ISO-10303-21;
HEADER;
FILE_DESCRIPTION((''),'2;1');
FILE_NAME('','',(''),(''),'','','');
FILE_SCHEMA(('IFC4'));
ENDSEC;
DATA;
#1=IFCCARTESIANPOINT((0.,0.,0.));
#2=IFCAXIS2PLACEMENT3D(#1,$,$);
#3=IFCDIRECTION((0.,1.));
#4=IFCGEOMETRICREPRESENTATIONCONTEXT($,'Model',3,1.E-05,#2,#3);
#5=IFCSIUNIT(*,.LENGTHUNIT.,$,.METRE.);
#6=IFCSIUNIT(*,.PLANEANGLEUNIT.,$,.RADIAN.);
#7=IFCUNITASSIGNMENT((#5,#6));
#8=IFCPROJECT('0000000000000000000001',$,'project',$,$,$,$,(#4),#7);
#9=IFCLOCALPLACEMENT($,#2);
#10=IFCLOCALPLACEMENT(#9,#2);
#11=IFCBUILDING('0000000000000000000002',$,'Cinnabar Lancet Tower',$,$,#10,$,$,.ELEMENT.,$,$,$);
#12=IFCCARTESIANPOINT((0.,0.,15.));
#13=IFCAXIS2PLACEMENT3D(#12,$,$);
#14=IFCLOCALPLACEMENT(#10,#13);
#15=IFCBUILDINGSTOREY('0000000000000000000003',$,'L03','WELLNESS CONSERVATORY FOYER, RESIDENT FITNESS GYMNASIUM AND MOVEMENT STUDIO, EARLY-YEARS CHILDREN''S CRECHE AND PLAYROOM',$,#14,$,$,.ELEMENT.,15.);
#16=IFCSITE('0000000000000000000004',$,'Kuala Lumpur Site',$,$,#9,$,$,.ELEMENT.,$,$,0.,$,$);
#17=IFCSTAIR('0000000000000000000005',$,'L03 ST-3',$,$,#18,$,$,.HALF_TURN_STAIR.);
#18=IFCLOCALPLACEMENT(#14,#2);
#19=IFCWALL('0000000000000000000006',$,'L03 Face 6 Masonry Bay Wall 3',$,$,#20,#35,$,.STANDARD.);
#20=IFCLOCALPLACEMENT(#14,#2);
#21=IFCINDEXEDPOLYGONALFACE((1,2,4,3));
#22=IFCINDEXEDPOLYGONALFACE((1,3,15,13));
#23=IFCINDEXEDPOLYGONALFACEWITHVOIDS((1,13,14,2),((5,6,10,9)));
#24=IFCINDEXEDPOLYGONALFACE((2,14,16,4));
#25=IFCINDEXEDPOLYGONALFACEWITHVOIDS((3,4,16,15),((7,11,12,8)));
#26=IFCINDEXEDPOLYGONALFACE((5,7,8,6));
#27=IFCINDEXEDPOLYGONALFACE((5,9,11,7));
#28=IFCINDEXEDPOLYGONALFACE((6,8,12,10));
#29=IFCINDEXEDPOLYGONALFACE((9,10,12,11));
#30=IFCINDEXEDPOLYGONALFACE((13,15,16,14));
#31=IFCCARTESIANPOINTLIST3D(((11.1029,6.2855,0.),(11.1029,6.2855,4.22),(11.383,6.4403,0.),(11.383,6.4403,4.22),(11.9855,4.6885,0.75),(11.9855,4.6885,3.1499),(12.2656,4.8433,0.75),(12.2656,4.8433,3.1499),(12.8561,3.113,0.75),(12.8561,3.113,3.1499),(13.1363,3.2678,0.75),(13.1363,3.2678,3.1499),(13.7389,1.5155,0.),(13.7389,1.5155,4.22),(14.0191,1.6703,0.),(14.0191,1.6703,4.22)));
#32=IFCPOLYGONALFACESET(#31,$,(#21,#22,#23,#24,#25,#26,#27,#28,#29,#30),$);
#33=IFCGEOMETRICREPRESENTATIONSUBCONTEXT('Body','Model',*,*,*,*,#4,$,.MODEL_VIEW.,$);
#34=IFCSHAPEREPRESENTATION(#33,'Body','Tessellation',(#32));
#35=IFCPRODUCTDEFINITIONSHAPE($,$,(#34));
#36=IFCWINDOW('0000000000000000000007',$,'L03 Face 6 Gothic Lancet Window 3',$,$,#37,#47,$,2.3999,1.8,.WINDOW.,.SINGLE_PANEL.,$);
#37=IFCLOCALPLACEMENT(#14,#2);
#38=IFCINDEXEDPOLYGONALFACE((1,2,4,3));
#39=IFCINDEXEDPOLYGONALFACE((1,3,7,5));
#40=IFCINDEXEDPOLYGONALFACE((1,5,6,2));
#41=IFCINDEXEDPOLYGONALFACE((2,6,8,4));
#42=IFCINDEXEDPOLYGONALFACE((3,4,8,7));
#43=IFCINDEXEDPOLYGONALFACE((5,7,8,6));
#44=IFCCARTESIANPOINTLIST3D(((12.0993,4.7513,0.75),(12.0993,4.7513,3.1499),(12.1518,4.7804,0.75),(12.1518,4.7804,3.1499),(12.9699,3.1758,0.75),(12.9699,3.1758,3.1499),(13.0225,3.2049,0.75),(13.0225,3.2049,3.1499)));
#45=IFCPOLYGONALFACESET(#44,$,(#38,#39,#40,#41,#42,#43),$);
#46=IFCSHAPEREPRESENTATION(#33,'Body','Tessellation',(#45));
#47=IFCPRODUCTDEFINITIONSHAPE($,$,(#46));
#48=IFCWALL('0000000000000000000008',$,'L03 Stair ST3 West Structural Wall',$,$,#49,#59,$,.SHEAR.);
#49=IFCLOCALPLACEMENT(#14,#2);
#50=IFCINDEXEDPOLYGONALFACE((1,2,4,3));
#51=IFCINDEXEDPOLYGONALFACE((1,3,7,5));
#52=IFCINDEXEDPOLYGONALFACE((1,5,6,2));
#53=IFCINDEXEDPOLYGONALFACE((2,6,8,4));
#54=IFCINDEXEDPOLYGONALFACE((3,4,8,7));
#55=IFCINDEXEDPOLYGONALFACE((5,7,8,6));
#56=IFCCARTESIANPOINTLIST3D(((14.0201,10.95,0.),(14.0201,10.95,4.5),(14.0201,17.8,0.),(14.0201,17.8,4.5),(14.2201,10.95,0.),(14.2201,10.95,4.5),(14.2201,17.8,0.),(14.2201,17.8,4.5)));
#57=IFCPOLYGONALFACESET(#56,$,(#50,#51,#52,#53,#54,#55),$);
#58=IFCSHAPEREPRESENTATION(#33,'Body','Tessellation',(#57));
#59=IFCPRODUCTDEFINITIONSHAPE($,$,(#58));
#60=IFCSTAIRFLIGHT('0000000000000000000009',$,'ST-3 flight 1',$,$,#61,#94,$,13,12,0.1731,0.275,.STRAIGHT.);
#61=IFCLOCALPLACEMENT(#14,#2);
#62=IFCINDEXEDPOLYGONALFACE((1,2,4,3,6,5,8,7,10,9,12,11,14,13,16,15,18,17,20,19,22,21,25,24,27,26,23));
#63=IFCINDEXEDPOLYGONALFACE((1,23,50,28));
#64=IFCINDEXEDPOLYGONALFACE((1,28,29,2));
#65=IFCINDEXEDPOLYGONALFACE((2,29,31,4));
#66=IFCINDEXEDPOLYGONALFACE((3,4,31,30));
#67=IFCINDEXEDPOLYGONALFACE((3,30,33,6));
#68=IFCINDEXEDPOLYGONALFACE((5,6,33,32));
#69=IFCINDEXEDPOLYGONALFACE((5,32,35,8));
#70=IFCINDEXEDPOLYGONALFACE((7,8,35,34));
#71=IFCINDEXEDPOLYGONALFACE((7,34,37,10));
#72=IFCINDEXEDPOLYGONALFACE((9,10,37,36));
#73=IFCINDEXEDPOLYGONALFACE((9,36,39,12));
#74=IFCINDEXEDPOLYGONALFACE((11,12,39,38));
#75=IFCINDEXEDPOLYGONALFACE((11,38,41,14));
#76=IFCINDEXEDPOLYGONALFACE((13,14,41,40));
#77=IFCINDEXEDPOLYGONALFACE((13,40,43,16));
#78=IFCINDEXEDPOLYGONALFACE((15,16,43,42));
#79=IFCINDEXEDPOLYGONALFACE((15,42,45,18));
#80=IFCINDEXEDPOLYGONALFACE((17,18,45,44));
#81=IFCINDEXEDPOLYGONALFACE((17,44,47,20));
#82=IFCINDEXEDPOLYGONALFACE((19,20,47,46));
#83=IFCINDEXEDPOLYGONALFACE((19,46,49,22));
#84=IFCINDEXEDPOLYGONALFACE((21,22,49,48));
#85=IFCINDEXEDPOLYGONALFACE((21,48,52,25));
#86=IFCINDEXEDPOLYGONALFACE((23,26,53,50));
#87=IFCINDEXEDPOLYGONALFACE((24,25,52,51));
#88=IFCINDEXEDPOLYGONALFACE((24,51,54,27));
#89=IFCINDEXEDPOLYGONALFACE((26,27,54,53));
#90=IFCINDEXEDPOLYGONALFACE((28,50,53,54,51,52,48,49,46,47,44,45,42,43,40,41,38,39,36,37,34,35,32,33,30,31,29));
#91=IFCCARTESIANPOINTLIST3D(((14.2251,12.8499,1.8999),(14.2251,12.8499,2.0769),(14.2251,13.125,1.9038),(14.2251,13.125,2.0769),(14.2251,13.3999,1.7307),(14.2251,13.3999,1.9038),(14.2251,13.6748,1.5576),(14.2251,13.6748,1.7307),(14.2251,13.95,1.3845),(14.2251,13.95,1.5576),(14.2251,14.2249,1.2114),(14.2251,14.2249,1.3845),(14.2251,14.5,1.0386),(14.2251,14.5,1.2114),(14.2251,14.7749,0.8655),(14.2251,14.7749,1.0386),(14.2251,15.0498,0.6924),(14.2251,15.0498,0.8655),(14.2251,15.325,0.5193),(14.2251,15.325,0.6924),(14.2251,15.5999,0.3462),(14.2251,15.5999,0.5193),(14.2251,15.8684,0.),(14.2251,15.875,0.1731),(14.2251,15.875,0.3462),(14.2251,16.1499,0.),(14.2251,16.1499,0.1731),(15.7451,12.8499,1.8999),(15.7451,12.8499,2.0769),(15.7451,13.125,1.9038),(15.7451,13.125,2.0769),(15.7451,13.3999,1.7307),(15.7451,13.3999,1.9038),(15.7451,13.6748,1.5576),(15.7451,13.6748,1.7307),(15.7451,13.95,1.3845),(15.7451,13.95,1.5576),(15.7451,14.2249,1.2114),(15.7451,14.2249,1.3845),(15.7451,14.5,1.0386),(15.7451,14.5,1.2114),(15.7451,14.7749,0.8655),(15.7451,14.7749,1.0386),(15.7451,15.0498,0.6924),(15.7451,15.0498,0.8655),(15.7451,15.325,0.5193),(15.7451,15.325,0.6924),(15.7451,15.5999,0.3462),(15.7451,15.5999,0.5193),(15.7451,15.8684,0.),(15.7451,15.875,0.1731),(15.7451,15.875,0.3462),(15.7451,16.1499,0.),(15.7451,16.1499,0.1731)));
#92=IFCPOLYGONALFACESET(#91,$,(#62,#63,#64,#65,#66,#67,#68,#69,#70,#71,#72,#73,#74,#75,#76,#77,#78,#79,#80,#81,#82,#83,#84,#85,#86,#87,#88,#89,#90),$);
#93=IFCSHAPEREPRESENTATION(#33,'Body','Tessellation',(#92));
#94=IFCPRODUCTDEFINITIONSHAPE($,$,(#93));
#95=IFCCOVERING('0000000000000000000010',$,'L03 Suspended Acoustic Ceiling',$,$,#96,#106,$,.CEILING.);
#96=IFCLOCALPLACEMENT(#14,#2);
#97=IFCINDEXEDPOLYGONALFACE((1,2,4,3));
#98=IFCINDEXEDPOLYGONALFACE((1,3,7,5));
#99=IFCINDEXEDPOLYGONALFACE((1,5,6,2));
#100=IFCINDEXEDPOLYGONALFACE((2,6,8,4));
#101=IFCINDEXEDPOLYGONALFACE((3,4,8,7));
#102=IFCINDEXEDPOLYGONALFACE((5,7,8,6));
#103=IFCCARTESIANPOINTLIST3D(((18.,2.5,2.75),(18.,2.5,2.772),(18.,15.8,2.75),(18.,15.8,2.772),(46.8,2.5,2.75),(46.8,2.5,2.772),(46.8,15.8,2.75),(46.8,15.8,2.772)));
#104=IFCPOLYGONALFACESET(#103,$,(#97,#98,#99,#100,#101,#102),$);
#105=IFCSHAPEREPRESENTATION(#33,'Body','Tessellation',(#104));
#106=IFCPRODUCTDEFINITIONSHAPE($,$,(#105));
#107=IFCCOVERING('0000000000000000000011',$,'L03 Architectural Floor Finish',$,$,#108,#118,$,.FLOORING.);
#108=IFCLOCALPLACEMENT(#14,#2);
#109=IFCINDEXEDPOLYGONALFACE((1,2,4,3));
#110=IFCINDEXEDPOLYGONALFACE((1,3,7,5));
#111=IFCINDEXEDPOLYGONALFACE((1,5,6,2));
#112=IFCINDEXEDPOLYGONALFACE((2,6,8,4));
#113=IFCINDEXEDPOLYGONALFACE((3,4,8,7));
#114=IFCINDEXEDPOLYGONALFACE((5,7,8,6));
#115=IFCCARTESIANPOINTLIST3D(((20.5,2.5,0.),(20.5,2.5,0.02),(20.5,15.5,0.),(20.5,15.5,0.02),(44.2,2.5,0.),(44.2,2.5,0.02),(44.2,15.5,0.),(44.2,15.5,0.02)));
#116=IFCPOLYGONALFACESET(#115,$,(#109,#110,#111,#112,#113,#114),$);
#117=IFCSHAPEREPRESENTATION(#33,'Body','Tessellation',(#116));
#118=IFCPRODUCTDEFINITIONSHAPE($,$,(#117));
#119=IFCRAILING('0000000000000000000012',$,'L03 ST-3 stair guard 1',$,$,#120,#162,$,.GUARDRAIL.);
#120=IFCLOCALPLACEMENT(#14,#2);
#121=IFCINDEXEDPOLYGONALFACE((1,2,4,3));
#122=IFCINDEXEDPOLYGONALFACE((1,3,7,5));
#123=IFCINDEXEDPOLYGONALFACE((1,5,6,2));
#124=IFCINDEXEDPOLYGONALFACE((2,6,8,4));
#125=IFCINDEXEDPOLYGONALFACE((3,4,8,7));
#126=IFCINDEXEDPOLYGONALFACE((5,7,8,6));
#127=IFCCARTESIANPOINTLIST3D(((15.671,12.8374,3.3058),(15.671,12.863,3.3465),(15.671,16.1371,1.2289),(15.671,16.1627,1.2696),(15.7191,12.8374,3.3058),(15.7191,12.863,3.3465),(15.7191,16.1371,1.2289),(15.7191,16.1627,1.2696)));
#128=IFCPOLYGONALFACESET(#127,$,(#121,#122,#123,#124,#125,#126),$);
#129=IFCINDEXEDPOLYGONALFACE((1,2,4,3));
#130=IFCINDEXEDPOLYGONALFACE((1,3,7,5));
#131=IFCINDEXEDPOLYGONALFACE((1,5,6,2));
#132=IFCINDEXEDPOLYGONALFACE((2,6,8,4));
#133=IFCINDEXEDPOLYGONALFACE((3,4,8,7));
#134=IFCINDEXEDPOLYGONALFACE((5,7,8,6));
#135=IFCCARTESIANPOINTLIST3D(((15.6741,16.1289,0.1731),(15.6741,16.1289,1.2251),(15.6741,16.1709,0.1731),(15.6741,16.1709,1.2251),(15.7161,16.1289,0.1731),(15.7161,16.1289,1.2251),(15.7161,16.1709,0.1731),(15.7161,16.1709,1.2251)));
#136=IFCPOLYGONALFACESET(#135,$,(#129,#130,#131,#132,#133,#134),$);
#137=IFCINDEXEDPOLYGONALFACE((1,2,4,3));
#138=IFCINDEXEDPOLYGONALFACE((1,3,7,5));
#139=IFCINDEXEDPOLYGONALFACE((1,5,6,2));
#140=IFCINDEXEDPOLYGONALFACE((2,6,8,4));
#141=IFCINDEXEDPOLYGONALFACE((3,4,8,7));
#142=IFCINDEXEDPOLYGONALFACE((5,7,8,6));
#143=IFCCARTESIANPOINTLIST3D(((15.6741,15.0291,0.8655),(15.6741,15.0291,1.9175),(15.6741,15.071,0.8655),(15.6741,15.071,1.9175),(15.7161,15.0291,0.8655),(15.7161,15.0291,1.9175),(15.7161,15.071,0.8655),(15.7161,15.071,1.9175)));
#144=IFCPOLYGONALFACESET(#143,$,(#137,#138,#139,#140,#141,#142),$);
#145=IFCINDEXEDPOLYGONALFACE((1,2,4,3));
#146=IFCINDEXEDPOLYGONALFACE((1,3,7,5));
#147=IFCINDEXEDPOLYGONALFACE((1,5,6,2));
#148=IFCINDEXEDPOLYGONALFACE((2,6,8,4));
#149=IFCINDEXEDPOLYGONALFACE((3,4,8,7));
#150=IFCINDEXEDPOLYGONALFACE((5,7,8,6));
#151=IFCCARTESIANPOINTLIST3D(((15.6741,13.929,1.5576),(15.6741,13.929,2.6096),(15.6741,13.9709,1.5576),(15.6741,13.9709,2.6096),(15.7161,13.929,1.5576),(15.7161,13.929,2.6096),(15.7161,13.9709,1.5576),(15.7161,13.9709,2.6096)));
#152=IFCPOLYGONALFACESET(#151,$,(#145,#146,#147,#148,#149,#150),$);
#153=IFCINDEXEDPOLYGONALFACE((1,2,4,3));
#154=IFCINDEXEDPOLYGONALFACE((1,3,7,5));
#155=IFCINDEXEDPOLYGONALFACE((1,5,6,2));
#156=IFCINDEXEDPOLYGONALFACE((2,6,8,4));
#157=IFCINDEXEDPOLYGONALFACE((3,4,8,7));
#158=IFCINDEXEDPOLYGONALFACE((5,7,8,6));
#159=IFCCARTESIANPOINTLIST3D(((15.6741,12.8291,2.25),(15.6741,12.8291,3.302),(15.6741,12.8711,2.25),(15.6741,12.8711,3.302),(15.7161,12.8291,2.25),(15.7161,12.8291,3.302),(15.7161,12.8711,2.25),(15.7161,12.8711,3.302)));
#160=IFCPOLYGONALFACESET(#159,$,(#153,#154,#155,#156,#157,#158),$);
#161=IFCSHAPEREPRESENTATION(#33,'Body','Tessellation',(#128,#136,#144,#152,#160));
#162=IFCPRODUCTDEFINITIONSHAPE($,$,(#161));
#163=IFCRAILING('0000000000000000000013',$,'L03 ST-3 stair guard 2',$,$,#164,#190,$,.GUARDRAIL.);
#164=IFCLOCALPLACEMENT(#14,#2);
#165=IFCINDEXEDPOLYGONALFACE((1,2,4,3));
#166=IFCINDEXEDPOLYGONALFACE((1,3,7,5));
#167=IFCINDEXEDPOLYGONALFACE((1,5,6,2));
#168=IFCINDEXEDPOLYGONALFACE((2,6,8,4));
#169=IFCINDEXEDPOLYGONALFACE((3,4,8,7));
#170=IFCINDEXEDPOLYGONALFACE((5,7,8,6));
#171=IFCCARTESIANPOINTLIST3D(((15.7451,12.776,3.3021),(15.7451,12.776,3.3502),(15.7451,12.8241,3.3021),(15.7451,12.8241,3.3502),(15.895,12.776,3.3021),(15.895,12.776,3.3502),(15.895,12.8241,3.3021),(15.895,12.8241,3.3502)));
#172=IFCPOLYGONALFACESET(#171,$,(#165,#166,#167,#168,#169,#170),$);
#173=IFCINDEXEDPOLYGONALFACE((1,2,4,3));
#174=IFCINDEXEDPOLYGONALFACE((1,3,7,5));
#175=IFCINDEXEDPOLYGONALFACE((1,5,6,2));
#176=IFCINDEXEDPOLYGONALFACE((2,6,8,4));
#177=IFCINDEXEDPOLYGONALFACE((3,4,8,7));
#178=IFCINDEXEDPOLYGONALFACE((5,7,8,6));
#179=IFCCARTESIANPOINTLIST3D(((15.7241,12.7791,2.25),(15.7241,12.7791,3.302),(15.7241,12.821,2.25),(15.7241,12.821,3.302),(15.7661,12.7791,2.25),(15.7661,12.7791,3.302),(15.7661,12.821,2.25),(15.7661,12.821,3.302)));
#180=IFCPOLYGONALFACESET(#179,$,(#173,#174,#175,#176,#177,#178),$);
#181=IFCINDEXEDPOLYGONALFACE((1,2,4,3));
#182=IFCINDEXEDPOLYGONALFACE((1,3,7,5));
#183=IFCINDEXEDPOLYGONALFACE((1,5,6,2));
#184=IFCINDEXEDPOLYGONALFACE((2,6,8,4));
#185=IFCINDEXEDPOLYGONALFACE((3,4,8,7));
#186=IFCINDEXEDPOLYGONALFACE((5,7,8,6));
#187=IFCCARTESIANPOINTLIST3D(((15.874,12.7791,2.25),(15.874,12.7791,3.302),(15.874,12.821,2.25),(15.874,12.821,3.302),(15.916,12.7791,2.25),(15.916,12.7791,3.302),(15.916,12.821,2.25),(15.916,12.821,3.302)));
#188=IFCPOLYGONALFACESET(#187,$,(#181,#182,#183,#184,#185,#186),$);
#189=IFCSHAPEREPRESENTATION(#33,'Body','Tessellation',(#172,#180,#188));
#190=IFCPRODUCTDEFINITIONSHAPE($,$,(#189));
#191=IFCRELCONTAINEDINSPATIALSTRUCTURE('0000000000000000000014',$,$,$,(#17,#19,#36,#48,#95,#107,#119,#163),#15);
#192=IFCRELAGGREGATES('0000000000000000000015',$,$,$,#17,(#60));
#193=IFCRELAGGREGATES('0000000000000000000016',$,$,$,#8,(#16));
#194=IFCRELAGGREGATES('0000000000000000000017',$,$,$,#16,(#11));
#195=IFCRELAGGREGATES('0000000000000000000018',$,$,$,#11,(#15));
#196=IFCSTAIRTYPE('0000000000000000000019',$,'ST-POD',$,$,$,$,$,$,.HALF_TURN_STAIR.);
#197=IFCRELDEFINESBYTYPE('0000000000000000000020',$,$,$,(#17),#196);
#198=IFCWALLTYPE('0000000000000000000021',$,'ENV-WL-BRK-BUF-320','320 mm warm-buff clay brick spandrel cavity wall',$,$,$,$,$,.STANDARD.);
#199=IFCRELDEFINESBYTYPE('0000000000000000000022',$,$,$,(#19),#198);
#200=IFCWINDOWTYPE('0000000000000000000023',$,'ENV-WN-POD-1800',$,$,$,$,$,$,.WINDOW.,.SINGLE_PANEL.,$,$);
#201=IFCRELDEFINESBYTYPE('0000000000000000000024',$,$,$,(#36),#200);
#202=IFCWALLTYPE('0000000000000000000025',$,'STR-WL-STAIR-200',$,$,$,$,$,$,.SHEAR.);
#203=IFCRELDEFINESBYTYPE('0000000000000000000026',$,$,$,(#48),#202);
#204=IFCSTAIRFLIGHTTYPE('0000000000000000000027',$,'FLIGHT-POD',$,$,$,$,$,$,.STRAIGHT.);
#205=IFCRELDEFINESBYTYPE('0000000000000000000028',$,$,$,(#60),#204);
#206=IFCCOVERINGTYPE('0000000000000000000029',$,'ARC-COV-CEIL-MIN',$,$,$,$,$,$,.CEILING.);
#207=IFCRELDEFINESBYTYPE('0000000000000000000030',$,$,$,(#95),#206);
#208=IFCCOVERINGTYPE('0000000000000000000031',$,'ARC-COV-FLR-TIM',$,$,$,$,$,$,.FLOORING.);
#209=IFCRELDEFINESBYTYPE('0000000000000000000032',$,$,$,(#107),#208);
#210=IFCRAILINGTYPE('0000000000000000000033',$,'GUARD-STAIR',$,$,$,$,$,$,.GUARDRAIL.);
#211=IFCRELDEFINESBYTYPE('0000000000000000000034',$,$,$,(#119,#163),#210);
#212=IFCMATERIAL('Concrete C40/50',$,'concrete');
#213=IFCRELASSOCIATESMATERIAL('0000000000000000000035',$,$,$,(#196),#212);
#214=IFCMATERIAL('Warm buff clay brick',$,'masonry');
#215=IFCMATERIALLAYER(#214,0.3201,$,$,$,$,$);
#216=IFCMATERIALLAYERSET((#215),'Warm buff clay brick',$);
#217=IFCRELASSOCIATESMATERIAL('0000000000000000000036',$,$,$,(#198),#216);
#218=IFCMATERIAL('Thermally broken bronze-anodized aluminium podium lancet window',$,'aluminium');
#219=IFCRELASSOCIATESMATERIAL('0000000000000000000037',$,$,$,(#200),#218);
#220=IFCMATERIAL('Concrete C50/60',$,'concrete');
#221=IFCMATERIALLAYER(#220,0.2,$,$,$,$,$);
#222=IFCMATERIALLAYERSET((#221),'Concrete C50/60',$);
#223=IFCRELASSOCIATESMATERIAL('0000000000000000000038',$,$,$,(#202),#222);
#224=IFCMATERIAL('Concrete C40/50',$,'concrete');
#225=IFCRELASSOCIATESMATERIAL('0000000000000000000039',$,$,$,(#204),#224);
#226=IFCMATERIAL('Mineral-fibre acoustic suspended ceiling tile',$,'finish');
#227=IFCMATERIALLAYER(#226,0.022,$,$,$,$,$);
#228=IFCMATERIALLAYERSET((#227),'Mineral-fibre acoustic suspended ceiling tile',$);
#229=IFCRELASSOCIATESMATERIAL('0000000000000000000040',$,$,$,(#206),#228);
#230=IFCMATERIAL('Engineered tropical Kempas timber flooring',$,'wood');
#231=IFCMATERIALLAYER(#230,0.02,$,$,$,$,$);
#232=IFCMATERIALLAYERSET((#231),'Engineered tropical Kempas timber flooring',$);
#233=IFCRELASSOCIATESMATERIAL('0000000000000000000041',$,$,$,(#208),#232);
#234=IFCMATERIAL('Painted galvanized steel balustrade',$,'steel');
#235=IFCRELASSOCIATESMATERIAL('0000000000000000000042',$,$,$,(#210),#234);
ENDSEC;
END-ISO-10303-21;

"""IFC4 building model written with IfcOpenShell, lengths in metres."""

from ifc_helpers import new_model, si_unit, direction, frame, frame_2d, origin, origin_2d, place, context, subcontext, project, spatial, polyline, rectangle, outline, extrude, material, layer, layer_set, type_object, element, fill, aggregate, save


model = new_model("IFC4")

# Units and contexts
model_context = context("Model", 3, precision=1e-05, world=origin(), true_north=direction((0.0, 1.0)))
body_context = subcontext(model_context, "Body", "Model", "MODEL_VIEW")
ifc_project = project(units=[si_unit("LENGTHUNIT", "METRE"), si_unit("PLANEANGLEUNIT", "RADIAN")], contexts=[model_context])

# Site, building, storey
site_placement = place(None, origin())
site = spatial("IfcSite", under=ifc_project, at=site_placement, Name="Kuala Lumpur Site", CompositionType="ELEMENT", RefElevation=0.0)
building_placement = place(site_placement, origin())
building = spatial("IfcBuilding", under=site, at=building_placement, Name="Cinnabar Lancet Tower", CompositionType="ELEMENT")
storey_placement = place(building_placement, frame((0.0, 0.0, 15.0)))
storey = spatial("IfcBuildingStorey", under=building, at=storey_placement, Name="L03", Description="WELLNESS CONSERVATORY FOYER, RESIDENT FITNESS GYMNASIUM AND MOVEMENT STUDIO, EARLY-YEARS CHILDREN'S CRECHE AND PLAYROOM", CompositionType="ELEMENT", Elevation=15.0)

# Stair
ifc_material_1 = material(Name="Concrete C40/50", Category="concrete")
stair_type_1 = type_object("IfcStairType", Name="ST-POD", PredefinedType="HALF_TURN_STAIR", material=ifc_material_1)
stair_1_placement = place(storey_placement, origin())
stair_1 = element("IfcStair", 1, at=stair_1_placement, inside=storey, type_object=stair_type_1, Name="L03 ST-3", PredefinedType="HALF_TURN_STAIR")

# Shared definitions
ifc_material_2 = material(Name="Warm buff clay brick", Category="masonry")
ifc_layer_1 = layer(ifc_material_2, 0.3201)
ifc_layer_set_1 = layer_set([ifc_layer_1], Name="Warm buff clay brick")
wall_type_1 = type_object("IfcWallType", Name="ENV-WL-BRK-BUF-320", Description="320 mm warm-buff clay brick spandrel cavity wall", PredefinedType="STANDARD", material=ifc_layer_set_1)

# Wall, opening, window
ifc_material_3 = material(Name="Thermally broken bronze-anodized aluminium podium lancet window", Category="aluminium")
window_type = type_object("IfcWindowType", Name="ENV-WN-POD-1800", PartitioningType="SINGLE_PANEL", PredefinedType="WINDOW", material=ifc_material_3)
wall_1_placement = place(storey_placement, frame((11.2429, 6.363, 0.0), z_axis=(0.0, 0.0, 1.0), x_axis=(0.483675, -0.875248, 0.0)))
wall_1 = element("IfcWall", 2, at=wall_1_placement, inside=storey, type_object=wall_type_1, Name="L03 Face 6 Masonry Bay Wall 3", PredefinedType="STANDARD", context=body_context, shape_type="SweptSolid", body=[
    extrude(rectangle(XDim=5.45, YDim=0.3201, at=frame_2d((2.7251, 0.0))), origin(), (0.0, 0.0, 1.0), 4.22),
])
opening_1_placement = place(wall_1_placement, frame((1.825, 0.0, 0.75)))
opening_1 = element("IfcOpeningElement", 3, at=opening_1_placement, cuts=wall_1, PredefinedType="OPENING", context=body_context, shape_type="SweptSolid", body=[
    extrude(rectangle(XDim=1.8, YDim=2.3999, at=frame_2d((0.8999, 1.2))), frame((0.0, 0.1699, 0.0), z_axis=(0.0, -1.0, 0.0), x_axis=(1.0, 0.0, 0.0)), (0.0, 0.0, 1.0), 0.3401),
])
window_1_placement = place(opening_1_placement, origin())
window_1 = element("IfcWindow", 4, at=window_1_placement, inside=storey, type_object=window_type, Name="L03 Face 6 Gothic Lancet Window 3", OverallHeight=2.3999, OverallWidth=1.8, PartitioningType="SINGLE_PANEL", PredefinedType="WINDOW", context=body_context, shape_type="SweptSolid", body=[
    extrude(rectangle(XDim=1.8, YDim=2.3999, at=frame_2d((0.8999, 1.2))), frame((0.0, 0.03, 0.0), z_axis=(0.0, -1.0, 0.0), x_axis=(1.0, 0.0, 0.0)), (0.0, 0.0, 1.0), 0.0601),
])
fill(opening_1, window_1)

# Wall
ifc_material_4 = material(Name="Concrete C50/60", Category="concrete")
ifc_layer_2 = layer(ifc_material_4, 0.2)
ifc_layer_set_2 = layer_set([ifc_layer_2], Name="Concrete C50/60")
wall_type_2 = type_object("IfcWallType", Name="STR-WL-STAIR-200", PredefinedType="SHEAR", material=ifc_layer_set_2)
wall_2_placement = place(storey_placement, frame((14.1201, 10.95, 0.0), z_axis=(0.0, 0.0, 1.0), x_axis=(0.0, 1.0, 0.0)))
element("IfcWall", 5, at=wall_2_placement, inside=storey, type_object=wall_type_2, Name="L03 Stair ST3 West Structural Wall", PredefinedType="SHEAR", context=body_context, shape_type="SweptSolid", body=[
    extrude(rectangle(XDim=6.8501, YDim=0.2, at=frame_2d((3.425, 0.0))), origin(), (0.0, 0.0, 1.0), 4.5),
])

# Stair flight
ifc_material_5 = material(Name="Concrete C40/50", Category="concrete")
stair_flight_type = type_object("IfcStairFlightType", Name="FLIGHT-POD", PredefinedType="STRAIGHT", material=ifc_material_5)
stair_flight_placement = place(storey_placement, frame((14.9851, 16.1499, 0.0), z_axis=(0.0, 0.0, 1.0), x_axis=(0.0, -1.0, 0.0)))
stair_flight = element("IfcStairFlight", 6, at=stair_flight_placement, type_object=stair_flight_type, Name="ST-3 flight 1", NumberOfRisers=13, NumberOfTreads=12, PredefinedType="STRAIGHT", RiserHeight=0.1731, TreadLength=0.275, context=body_context, shape_type="SweptSolid", body=[
    extrude(outline(polyline([(0.0, 0.0), (0.0, 0.1731), (0.2749, 0.1731), (0.2749, 0.3462), (0.55, 0.3462), (0.55, 0.5193), (0.825, 0.5193), (0.825, 0.6924), (1.1001, 0.6924), (1.1001, 0.8655), (1.375, 0.8655), (1.375, 1.0386), (1.6499, 1.0386), (1.6499, 1.2114), (1.925, 1.2114), (1.925, 1.3845), (2.2, 1.3845), (2.2, 1.5576), (2.4751, 1.5576), (2.4751, 1.7307), (2.75, 1.7307), (2.75, 1.9038), (3.0249, 1.9038), (3.0249, 2.0769), (3.3, 2.0769), (3.3, 2.25), (3.3, 1.8999), (0.2815, 0.0), (0.0, 0.0)])), frame((0.0, 0.76, 0.0), z_axis=(0.0, -1.0, 0.0), x_axis=(1.0, 0.0, 0.0)), (0.0, 0.0, 1.0), 1.52),
])
aggregate(stair_1, [stair_flight])

# Coverings
ifc_material_6 = material(Name="Mineral-fibre acoustic suspended ceiling tile", Category="finish")
ifc_layer_3 = layer(ifc_material_6, 0.022)
ifc_layer_set_3 = layer_set([ifc_layer_3], Name="Mineral-fibre acoustic suspended ceiling tile")
covering_type_1 = type_object("IfcCoveringType", Name="ARC-COV-CEIL-MIN", PredefinedType="CEILING", material=ifc_layer_set_3)
covering_1_placement = place(storey_placement, frame((0.0, 0.0, 2.75)))
element("IfcCovering", 7, at=covering_1_placement, inside=storey, type_object=covering_type_1, Name="L03 Suspended Acoustic Ceiling", PredefinedType="CEILING", context=body_context, shape_type="SweptSolid", body=[
    extrude(outline(polyline([(18.0, 2.5), (46.8, 2.5), (46.8, 15.8), (18.0, 15.8), (18.0, 2.5)])), origin(), (0.0, 0.0, 1.0), 0.022),
])
ifc_material_7 = material(Name="Engineered tropical Kempas timber flooring", Category="wood")
ifc_layer_4 = layer(ifc_material_7, 0.02)
ifc_layer_set_4 = layer_set([ifc_layer_4], Name="Engineered tropical Kempas timber flooring")
covering_type_2 = type_object("IfcCoveringType", Name="ARC-COV-FLR-TIM", PredefinedType="FLOORING", material=ifc_layer_set_4)
covering_2_placement = place(storey_placement, origin())
element("IfcCovering", 8, at=covering_2_placement, inside=storey, type_object=covering_type_2, Name="L03 Architectural Floor Finish", PredefinedType="FLOORING", context=body_context, shape_type="SweptSolid", body=[
    extrude(outline(polyline([(20.5, 2.5), (44.2, 2.5), (44.2, 15.5), (20.5, 15.5), (20.5, 2.5)])), origin(), (0.0, 0.0, 1.0), 0.02),
])

# Railings
ifc_material_8 = material(Name="Painted galvanized steel balustrade", Category="steel")
railing_type_1 = type_object("IfcRailingType", Name="GUARD-STAIR", PredefinedType="GUARDRAIL", material=ifc_material_8)
railing_1_placement = place(storey_placement, frame((15.6951, 16.1499, 0.1731)))
element("IfcRailing", 9, at=railing_1_placement, inside=storey, type_object=railing_type_1, Name="L03 ST-3 stair guard 1", PredefinedType="GUARDRAIL", context=body_context, shape_type="SweptSolid", body=[
    extrude(rectangle(XDim=0.0481, YDim=0.0481, at=origin_2d()), frame((0.0, 0.0, 1.0762), z_axis=(0.0, -0.84632, 0.532675), x_axis=(1.0, 0.0, 0.0)), (0.0, 0.0, 1.0), 3.8989),
    extrude(rectangle(XDim=0.042, YDim=0.042, at=origin_2d()), origin(), (0.0, 0.0, 1.0), 1.052),
    extrude(rectangle(XDim=0.042, YDim=0.042, at=origin_2d()), frame((0.0, -1.0999, 0.6924)), (0.0, 0.0, 1.0), 1.052),
    extrude(rectangle(XDim=0.042, YDim=0.042, at=origin_2d()), frame((0.0, -2.2, 1.3845)), (0.0, 0.0, 1.0), 1.052),
    extrude(rectangle(XDim=0.042, YDim=0.042, at=origin_2d()), frame((0.0, -3.2998, 2.0769)), (0.0, 0.0, 1.0), 1.052),
])
for number, where, name in (
    (10, (15.7451, 12.8, 2.25), "L03 ST-3 stair guard 2"),
):
    element("IfcRailing", number, at=place(storey_placement, frame(where)), inside=storey, type_object=railing_type_1, Name=name, PredefinedType="GUARDRAIL", context=body_context, shape_type="SweptSolid", body=[
        extrude(rectangle(XDim=0.0481, YDim=0.0481, at=origin_2d()), frame((0.0, 0.0, 1.0762), z_axis=(1.0, 0.0, 0.0), x_axis=(0.0, 1.0, 0.0)), (0.0, 0.0, 1.0), 0.1499),
        extrude(rectangle(XDim=0.042, YDim=0.042, at=origin_2d()), origin(), (0.0, 0.0, 1.0), 1.052),
        extrude(rectangle(XDim=0.042, YDim=0.042, at=origin_2d()), frame((0.1499, 0.0, 0.0)), (0.0, 0.0, 1.0), 1.052),
    ])

save(model, "model.ifc")
